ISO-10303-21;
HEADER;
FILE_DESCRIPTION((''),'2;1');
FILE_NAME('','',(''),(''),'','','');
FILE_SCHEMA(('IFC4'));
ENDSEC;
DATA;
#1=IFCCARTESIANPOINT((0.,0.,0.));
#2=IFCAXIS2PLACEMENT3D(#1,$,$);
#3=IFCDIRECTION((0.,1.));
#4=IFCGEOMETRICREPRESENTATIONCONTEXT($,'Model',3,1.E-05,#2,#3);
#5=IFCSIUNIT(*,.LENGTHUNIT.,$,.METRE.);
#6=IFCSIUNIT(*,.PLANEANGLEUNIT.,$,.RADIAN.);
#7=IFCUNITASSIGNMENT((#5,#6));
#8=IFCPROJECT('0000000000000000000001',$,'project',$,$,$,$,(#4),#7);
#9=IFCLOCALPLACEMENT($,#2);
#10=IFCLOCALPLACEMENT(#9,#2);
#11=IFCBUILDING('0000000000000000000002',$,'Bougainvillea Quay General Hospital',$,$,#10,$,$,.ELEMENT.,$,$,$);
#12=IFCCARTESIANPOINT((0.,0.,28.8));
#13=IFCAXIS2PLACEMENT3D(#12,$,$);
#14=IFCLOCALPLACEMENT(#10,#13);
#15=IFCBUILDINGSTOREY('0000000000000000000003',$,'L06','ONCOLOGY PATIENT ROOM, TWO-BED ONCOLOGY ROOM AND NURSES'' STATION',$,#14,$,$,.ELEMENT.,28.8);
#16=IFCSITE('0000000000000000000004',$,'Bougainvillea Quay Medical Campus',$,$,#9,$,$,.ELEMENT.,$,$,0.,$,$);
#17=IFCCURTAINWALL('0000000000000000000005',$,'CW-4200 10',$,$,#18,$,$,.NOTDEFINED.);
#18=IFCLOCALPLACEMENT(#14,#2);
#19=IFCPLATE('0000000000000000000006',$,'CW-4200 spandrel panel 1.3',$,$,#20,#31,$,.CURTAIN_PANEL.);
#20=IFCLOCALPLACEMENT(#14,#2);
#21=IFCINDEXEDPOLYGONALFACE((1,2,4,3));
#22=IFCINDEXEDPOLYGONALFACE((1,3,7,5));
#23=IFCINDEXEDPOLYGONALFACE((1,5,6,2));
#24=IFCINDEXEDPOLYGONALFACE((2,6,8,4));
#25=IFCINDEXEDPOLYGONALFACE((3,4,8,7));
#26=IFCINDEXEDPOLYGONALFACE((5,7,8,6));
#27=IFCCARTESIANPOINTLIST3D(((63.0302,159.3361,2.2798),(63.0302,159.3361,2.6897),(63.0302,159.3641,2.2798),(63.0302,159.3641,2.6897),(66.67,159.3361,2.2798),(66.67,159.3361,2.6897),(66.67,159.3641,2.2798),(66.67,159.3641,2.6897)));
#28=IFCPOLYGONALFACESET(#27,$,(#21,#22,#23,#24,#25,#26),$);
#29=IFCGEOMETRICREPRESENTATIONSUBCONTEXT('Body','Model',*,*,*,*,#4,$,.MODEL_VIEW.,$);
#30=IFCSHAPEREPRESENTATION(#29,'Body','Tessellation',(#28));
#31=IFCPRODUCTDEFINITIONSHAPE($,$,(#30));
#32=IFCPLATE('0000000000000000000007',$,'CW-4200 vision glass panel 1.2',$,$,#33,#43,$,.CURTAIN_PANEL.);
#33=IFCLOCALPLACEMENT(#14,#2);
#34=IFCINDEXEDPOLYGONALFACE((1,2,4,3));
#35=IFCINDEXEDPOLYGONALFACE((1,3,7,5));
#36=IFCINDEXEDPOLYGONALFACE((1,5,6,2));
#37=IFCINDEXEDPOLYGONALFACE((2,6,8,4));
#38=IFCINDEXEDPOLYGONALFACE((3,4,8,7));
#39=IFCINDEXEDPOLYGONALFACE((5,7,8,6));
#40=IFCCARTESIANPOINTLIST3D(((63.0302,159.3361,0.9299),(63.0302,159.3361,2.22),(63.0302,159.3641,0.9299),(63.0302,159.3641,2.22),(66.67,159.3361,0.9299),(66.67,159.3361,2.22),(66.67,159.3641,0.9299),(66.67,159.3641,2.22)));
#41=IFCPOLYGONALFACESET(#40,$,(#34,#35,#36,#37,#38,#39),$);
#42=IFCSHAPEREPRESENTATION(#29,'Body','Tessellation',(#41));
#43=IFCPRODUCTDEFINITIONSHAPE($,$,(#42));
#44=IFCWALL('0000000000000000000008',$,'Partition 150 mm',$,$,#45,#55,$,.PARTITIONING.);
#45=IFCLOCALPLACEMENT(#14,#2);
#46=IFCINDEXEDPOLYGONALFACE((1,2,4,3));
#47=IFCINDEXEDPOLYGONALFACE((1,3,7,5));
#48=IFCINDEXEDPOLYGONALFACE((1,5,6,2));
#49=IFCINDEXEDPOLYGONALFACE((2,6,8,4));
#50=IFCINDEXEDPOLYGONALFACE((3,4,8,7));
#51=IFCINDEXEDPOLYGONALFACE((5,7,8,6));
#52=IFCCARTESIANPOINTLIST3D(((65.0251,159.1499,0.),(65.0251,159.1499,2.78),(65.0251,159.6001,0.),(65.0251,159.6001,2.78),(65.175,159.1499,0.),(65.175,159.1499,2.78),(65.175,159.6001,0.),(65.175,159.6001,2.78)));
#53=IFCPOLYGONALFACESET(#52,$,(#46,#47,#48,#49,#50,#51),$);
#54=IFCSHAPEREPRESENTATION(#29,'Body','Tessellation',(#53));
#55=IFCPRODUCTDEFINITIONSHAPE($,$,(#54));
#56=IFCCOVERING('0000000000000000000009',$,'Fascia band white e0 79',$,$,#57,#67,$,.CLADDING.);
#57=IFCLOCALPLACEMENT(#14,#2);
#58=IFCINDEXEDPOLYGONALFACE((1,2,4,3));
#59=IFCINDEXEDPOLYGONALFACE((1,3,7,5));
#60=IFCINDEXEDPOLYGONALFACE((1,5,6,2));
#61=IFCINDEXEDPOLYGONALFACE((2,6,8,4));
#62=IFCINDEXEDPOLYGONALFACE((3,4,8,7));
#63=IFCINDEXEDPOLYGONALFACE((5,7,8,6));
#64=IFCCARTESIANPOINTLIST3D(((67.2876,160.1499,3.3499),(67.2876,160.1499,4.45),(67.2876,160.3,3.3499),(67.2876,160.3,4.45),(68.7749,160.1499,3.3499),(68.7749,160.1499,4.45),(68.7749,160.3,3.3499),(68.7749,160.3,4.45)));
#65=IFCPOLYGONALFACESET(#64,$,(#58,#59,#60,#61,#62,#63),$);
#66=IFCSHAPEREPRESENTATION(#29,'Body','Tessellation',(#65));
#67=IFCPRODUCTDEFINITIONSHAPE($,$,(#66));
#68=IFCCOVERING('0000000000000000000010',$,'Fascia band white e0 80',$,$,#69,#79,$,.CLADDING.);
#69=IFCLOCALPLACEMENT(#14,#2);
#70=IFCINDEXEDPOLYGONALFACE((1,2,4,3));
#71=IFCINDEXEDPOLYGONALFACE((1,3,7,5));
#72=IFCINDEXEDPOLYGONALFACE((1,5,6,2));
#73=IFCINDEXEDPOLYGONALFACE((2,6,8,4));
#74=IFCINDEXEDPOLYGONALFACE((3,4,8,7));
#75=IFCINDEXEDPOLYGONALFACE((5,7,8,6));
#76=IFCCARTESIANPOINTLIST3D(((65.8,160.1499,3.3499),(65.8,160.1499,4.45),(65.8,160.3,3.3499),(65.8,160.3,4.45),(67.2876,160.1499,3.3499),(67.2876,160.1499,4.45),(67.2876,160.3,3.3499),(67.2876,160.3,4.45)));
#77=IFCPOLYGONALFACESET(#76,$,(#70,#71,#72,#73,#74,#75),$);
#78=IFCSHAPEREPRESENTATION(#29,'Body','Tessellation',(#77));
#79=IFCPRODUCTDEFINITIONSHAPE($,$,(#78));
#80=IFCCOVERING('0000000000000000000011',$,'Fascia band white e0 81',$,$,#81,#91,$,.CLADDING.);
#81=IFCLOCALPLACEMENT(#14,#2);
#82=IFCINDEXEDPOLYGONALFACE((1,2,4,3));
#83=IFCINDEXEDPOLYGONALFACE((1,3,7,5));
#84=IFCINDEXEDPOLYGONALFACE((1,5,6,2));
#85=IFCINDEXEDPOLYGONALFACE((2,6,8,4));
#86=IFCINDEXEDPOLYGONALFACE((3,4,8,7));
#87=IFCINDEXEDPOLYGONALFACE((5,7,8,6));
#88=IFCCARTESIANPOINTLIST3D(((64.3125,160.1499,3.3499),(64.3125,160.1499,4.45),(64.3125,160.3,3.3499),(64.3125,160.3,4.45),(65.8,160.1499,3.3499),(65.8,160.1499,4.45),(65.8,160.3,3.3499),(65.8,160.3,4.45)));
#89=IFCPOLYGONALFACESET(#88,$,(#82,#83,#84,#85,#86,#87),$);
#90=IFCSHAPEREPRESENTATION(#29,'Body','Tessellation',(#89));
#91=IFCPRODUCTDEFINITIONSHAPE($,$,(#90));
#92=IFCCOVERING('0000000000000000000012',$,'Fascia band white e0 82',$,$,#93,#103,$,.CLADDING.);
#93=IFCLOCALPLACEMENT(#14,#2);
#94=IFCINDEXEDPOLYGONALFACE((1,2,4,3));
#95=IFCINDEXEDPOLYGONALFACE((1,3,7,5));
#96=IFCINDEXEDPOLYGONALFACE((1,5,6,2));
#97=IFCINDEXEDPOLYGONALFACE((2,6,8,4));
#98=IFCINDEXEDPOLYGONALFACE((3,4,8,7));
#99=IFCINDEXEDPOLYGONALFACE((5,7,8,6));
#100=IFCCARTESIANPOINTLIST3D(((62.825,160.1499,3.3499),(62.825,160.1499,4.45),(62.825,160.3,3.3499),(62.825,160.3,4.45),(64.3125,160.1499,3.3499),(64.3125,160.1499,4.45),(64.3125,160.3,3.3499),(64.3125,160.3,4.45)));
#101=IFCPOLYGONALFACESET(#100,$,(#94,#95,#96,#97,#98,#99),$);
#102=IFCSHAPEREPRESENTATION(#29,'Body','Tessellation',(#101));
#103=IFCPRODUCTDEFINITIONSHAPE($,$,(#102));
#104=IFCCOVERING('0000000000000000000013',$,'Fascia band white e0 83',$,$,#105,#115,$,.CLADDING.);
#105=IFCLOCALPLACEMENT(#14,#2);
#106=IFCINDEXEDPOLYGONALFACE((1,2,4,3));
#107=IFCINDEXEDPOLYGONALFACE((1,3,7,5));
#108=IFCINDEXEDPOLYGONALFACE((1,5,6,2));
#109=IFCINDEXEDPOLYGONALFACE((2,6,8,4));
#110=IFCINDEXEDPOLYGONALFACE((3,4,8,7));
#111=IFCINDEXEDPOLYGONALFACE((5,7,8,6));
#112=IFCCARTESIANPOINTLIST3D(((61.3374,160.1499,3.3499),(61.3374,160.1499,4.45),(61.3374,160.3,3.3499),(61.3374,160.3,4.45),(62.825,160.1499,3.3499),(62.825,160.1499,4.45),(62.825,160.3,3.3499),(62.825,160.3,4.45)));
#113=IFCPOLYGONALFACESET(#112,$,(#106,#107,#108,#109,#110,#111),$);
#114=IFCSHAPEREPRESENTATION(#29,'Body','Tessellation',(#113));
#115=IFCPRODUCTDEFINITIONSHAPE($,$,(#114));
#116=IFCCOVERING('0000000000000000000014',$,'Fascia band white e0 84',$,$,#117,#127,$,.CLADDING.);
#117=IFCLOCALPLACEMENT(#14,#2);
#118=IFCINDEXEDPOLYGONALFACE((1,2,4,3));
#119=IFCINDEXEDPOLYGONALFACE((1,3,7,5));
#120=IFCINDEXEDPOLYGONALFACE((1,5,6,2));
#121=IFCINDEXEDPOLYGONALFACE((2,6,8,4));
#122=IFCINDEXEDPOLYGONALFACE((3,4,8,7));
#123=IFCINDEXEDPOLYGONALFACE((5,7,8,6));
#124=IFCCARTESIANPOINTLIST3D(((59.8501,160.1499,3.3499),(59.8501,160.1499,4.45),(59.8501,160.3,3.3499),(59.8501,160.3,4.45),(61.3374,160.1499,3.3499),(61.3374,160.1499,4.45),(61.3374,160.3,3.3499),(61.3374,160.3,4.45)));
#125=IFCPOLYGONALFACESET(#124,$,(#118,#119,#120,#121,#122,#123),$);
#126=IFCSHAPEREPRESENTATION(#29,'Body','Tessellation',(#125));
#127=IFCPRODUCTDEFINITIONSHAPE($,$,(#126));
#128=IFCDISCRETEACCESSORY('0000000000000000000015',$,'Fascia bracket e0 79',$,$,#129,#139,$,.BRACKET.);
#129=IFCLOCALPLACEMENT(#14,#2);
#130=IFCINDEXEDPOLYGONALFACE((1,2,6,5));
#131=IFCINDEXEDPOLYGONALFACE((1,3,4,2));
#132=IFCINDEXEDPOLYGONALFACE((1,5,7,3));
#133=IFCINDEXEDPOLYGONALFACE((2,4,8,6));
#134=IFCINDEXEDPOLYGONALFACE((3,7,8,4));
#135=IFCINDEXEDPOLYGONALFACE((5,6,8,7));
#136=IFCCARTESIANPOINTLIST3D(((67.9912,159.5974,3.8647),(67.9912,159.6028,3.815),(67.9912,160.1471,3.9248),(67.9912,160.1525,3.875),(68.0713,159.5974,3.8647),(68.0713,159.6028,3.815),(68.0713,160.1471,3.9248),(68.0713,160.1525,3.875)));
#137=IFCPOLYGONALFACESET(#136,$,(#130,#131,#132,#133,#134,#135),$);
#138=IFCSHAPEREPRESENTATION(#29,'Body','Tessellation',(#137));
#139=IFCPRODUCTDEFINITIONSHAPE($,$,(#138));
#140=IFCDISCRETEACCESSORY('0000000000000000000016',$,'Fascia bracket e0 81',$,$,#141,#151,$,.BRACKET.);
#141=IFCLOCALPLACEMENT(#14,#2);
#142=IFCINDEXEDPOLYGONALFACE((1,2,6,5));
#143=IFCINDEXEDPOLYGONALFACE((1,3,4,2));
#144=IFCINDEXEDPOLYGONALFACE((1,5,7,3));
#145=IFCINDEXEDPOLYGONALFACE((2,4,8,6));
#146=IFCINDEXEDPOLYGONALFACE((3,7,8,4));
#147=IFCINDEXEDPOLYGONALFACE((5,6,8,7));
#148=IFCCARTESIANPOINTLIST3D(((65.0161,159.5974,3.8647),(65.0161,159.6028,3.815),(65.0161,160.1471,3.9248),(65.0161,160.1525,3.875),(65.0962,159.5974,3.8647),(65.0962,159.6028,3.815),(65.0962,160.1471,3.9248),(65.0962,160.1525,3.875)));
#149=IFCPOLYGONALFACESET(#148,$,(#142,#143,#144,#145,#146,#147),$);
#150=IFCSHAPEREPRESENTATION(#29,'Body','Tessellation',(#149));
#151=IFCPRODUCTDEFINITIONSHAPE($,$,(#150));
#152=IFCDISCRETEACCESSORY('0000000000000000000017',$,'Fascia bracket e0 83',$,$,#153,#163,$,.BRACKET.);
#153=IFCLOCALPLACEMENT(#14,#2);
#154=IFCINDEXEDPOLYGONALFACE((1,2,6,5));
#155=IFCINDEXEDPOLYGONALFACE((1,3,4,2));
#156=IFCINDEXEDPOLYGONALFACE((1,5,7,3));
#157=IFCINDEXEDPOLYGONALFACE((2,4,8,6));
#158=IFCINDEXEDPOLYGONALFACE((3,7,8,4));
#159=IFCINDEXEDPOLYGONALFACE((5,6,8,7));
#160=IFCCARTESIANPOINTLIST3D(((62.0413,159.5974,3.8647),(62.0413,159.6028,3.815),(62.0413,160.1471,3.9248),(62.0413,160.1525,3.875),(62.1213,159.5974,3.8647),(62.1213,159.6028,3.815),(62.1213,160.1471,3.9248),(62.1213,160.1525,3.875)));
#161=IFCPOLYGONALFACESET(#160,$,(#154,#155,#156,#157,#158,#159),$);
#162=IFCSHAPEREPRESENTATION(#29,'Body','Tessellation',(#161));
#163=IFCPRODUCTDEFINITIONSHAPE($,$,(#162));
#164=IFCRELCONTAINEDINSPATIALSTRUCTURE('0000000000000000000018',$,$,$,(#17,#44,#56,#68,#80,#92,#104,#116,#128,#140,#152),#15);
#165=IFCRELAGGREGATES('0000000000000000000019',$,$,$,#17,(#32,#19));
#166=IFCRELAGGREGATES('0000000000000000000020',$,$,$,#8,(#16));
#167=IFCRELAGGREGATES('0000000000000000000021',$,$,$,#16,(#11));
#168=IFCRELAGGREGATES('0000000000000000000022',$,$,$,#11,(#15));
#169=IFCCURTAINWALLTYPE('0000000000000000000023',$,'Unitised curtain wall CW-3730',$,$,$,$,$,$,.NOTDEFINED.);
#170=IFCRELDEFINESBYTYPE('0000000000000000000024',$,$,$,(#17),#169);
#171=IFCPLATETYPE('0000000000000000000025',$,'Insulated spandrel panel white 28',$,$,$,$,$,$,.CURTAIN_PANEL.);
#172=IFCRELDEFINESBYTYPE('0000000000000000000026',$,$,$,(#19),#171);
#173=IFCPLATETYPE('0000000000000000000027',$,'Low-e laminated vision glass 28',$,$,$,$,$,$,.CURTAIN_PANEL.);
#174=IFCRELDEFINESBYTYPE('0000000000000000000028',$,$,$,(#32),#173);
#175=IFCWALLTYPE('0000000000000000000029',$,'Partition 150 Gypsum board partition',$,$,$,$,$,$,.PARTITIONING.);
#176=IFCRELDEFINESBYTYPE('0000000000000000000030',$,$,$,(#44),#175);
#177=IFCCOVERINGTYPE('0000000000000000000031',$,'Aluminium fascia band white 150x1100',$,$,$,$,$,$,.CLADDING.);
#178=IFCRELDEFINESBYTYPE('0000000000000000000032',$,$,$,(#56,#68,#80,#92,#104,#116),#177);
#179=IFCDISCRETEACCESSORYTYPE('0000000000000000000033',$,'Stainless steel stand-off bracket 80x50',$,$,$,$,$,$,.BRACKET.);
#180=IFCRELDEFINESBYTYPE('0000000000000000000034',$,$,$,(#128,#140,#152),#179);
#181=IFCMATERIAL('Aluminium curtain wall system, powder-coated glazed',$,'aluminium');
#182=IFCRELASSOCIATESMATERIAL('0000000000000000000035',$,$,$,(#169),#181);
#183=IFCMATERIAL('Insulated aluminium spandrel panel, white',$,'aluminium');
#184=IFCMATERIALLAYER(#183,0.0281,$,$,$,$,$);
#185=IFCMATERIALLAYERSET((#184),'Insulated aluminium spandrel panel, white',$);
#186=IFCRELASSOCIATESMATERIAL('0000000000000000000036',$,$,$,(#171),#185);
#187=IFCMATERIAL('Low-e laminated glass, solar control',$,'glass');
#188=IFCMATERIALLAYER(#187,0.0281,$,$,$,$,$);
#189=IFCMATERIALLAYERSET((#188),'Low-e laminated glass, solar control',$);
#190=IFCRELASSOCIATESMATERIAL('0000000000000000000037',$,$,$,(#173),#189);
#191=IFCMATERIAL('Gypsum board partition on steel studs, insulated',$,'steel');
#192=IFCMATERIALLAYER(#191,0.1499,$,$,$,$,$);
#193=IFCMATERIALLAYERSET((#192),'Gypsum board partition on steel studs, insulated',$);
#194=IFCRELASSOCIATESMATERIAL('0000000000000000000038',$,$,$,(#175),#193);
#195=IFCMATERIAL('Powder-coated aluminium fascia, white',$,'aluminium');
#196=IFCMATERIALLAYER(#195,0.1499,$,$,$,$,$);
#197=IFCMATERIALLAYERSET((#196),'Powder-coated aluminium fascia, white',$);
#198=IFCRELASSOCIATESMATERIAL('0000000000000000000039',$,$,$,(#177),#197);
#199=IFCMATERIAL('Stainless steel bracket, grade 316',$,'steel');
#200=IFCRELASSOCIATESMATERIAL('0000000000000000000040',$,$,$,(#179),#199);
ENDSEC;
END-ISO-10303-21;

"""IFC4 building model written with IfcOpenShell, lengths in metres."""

from ifc_helpers import new_model, si_unit, direction, frame, frame_2d, origin, origin_2d, place, context, subcontext, project, spatial, polyline, rectangle, outline, extrude, material, layer, layer_set, material_profile, profile_set, type_object, element, aggregate, save


model = new_model("IFC4")

# Units and contexts
model_context = context("Model", 3, precision=1e-05, world=origin(), true_north=direction((0.0, 1.0)))
body_context = subcontext(model_context, "Body", "Model", "MODEL_VIEW")
ifc_project = project(units=[si_unit("LENGTHUNIT", "METRE"), si_unit("PLANEANGLEUNIT", "RADIAN")], contexts=[model_context])

# Site, building, storey
site_placement = place(None, origin())
site = spatial("IfcSite", under=ifc_project, at=site_placement, Name="Bougainvillea Quay Medical Campus", CompositionType="ELEMENT", RefElevation=0.0)
building_placement = place(site_placement, origin())
building = spatial("IfcBuilding", under=site, at=building_placement, Name="Bougainvillea Quay General Hospital", CompositionType="ELEMENT")
storey_placement = place(building_placement, frame((0.0, 0.0, 28.8)))
storey = spatial("IfcBuildingStorey", under=building, at=storey_placement, Name="L06", Description="ONCOLOGY PATIENT ROOM, TWO-BED ONCOLOGY ROOM AND NURSES' STATION", CompositionType="ELEMENT", Elevation=28.8)

# Shared definitions
ifc_material_1 = material(Name="Aluminium curtain wall system, powder-coated glazed", Category="aluminium")
curtain_wall_type = type_object("IfcCurtainWallType", Name="Unitised curtain wall CW-3730", PredefinedType="NOTDEFINED", material=ifc_material_1)

# Curtain wall
curtain_wall_1_placement = place(storey_placement, origin())
curtain_wall_1 = element("IfcCurtainWall", 1, at=curtain_wall_1_placement, inside=storey, type_object=curtain_wall_type, Name="CW-4200 10", PredefinedType="NOTDEFINED")

# Plates
ifc_material_2 = material(Name="Insulated aluminium spandrel panel, white", Category="aluminium")
ifc_layer_1 = layer(ifc_material_2, 0.0281)
ifc_layer_set_1 = layer_set([ifc_layer_1], Name="Insulated aluminium spandrel panel, white")
plate_type_1 = type_object("IfcPlateType", Name="Insulated spandrel panel white 28", PredefinedType="CURTAIN_PANEL", material=ifc_layer_set_1)
plate_1_placement = place(storey_placement, frame((64.8501, 159.3501, 2.2798), z_axis=(0.0, 0.0, 1.0), x_axis=(-1.0, 0.0, 0.0)))
plate_1 = element("IfcPlate", 2, at=plate_1_placement, type_object=plate_type_1, Name="CW-4200 spandrel panel 1.3", PredefinedType="CURTAIN_PANEL", context=body_context, shape_type="SweptSolid", body=[
    extrude(rectangle(XDim=3.6399, YDim=0.0281, at=origin_2d()), origin(), (0.0, 0.0, 1.0), 0.4099),
])
ifc_material_3 = material(Name="Low-e laminated glass, solar control", Category="glass")
ifc_layer_2 = layer(ifc_material_3, 0.0281)
ifc_layer_set_2 = layer_set([ifc_layer_2], Name="Low-e laminated glass, solar control")
plate_type_2 = type_object("IfcPlateType", Name="Low-e laminated vision glass 28", PredefinedType="CURTAIN_PANEL", material=ifc_layer_set_2)
plate_2_placement = place(storey_placement, frame((64.8501, 159.3501, 0.9299), z_axis=(0.0, 0.0, 1.0), x_axis=(-1.0, 0.0, 0.0)))
plate_2 = element("IfcPlate", 3, at=plate_2_placement, type_object=plate_type_2, Name="CW-4200 vision glass panel 1.2", PredefinedType="CURTAIN_PANEL", context=body_context, shape_type="SweptSolid", body=[
    extrude(rectangle(XDim=3.6399, YDim=0.0281, at=origin_2d()), origin(), (0.0, 0.0, 1.0), 1.29),
])
aggregate(curtain_wall_1, [plate_2, plate_1])

# Wall
ifc_material_4 = material(Name="Gypsum board partition on steel studs, insulated", Category="steel")
ifc_layer_3 = layer(ifc_material_4, 0.1499)
ifc_layer_set_3 = layer_set([ifc_layer_3], Name="Gypsum board partition on steel studs, insulated")
wall_type = type_object("IfcWallType", Name="Partition 150 Gypsum board partition", PredefinedType="PARTITIONING", material=ifc_layer_set_3)
wall_placement = place(storey_placement, frame((65.1001, 159.6001, 0.0), z_axis=(0.0, 0.0, 1.0), x_axis=(0.0, -1.0, 0.0)))
element("IfcWall", 4, at=wall_placement, inside=storey, type_object=wall_type, Name="Partition 150 mm", PredefinedType="PARTITIONING", context=body_context, shape_type="SweptSolid", body=[
    extrude(rectangle(XDim=0.4502, YDim=0.1499, at=frame_2d((0.2251, 0.0))), origin(), (0.0, 0.0, 1.0), 2.78),
])

# Coverings
ifc_material_5 = material(Name="Powder-coated aluminium fascia, white", Category="aluminium")
ifc_layer_4 = layer(ifc_material_5, 0.1499)
ifc_layer_set_4 = layer_set([ifc_layer_4], Name="Powder-coated aluminium fascia, white")
covering_type = type_object("IfcCoveringType", Name="Aluminium fascia band white 150x1100", PredefinedType="CLADDING", material=ifc_layer_set_4)
covering_1_placement = place(storey_placement, frame((68.7749, 160.1499, 3.3499), z_axis=(0.0, 0.0, 1.0), x_axis=(-1.0, 0.0, 0.0)))
element("IfcCovering", 5, at=covering_1_placement, inside=storey, type_object=covering_type, Name="Fascia band white e0 79", PredefinedType="CLADDING", context=body_context, shape_type="SweptSolid", body=[
    extrude(outline(polyline([(0.0, 0.0), (1.4873, 0.0), (1.4873, -0.1501), (0.0, -0.1501), (0.0, 0.0)])), origin(), (0.0, 0.0, 1.0), 1.1001),
])
for number, where, z_axis, x_axis, name in (
    (6, (67.2876, 160.1499, 3.3499), (0.0, 0.0, 1.0), (-1.0, 0.0, 0.0), "Fascia band white e0 80"),
    (7, (65.8, 160.1499, 3.3499), (0.0, 0.0, 1.0), (-1.0, 0.0, 0.0), "Fascia band white e0 81"),
    (8, (64.3125, 160.1499, 3.3499), (0.0, 0.0, 1.0), (-1.0, 0.0, 0.0), "Fascia band white e0 82"),
    (9, (62.825, 160.1499, 3.3499), (0.0, 0.0, 1.0), (-1.0, 0.0, 0.0), "Fascia band white e0 83"),
):
    element("IfcCovering", number, at=place(storey_placement, frame(where, z_axis=z_axis, x_axis=x_axis)), inside=storey, type_object=covering_type, Name=name, PredefinedType="CLADDING", context=body_context, shape_type="SweptSolid", body=[
        extrude(outline(polyline([(0.0, 0.0), (1.4875, 0.0), (1.4875, -0.1501), (0.0, -0.1501), (0.0, 0.0)])), origin(), (0.0, 0.0, 1.0), 1.1001),
    ])
covering_2_placement = place(storey_placement, frame((61.3374, 160.1499, 3.3499), z_axis=(0.0, 0.0, 1.0), x_axis=(-1.0, 0.0, 0.0)))
element("IfcCovering", 10, at=covering_2_placement, inside=storey, type_object=covering_type, Name="Fascia band white e0 84", PredefinedType="CLADDING", context=body_context, shape_type="SweptSolid", body=[
    extrude(outline(polyline([(0.0, 0.0), (1.4873, 0.0), (1.4873, -0.1501), (0.0, -0.1501), (0.0, 0.0)])), origin(), (0.0, 0.0, 1.0), 1.1001),
])

# Discrete accessories
ifc_material_6 = material(Name="Stainless steel bracket, grade 316", Category="steel")
ifc_material_profile_1 = material_profile(ifc_material_6, rectangle(XDim=0.0801, YDim=0.05, at=origin_2d()))
ifc_profile_set_1 = profile_set([ifc_material_profile_1], Name="Stainless steel bracket, grade 316")
discrete_accessory_type = type_object("IfcDiscreteAccessoryType", Name="Stainless steel stand-off bracket 80x50", PredefinedType="BRACKET", material=ifc_profile_set_1)
for number, where, z_axis, x_axis, name in (
    (11, (68.0312, 159.6001, 3.8398), (0.0, 0.994087, 0.10859), (-1.0, 0.0, 0.0), "Fascia bracket e0 79"),
    (12, (65.0562, 159.6001, 3.8398), (0.0, 0.994087, 0.10859), (-1.0, 0.0, 0.0), "Fascia bracket e0 81"),
    (13, (62.0813, 159.6001, 3.8398), (0.0, 0.994087, 0.10859), (-1.0, 0.0, 0.0), "Fascia bracket e0 83"),
):
    element("IfcDiscreteAccessory", number, at=place(storey_placement, frame(where, z_axis=z_axis, x_axis=x_axis)), inside=storey, type_object=discrete_accessory_type, Name=name, PredefinedType="BRACKET", context=body_context, shape_type="SweptSolid", body=[
        extrude(rectangle(XDim=0.0801, YDim=0.05, at=origin_2d()), origin(), (0.0, 0.0, 1.0), 0.553),
    ])

save(model, "model.ifc")
